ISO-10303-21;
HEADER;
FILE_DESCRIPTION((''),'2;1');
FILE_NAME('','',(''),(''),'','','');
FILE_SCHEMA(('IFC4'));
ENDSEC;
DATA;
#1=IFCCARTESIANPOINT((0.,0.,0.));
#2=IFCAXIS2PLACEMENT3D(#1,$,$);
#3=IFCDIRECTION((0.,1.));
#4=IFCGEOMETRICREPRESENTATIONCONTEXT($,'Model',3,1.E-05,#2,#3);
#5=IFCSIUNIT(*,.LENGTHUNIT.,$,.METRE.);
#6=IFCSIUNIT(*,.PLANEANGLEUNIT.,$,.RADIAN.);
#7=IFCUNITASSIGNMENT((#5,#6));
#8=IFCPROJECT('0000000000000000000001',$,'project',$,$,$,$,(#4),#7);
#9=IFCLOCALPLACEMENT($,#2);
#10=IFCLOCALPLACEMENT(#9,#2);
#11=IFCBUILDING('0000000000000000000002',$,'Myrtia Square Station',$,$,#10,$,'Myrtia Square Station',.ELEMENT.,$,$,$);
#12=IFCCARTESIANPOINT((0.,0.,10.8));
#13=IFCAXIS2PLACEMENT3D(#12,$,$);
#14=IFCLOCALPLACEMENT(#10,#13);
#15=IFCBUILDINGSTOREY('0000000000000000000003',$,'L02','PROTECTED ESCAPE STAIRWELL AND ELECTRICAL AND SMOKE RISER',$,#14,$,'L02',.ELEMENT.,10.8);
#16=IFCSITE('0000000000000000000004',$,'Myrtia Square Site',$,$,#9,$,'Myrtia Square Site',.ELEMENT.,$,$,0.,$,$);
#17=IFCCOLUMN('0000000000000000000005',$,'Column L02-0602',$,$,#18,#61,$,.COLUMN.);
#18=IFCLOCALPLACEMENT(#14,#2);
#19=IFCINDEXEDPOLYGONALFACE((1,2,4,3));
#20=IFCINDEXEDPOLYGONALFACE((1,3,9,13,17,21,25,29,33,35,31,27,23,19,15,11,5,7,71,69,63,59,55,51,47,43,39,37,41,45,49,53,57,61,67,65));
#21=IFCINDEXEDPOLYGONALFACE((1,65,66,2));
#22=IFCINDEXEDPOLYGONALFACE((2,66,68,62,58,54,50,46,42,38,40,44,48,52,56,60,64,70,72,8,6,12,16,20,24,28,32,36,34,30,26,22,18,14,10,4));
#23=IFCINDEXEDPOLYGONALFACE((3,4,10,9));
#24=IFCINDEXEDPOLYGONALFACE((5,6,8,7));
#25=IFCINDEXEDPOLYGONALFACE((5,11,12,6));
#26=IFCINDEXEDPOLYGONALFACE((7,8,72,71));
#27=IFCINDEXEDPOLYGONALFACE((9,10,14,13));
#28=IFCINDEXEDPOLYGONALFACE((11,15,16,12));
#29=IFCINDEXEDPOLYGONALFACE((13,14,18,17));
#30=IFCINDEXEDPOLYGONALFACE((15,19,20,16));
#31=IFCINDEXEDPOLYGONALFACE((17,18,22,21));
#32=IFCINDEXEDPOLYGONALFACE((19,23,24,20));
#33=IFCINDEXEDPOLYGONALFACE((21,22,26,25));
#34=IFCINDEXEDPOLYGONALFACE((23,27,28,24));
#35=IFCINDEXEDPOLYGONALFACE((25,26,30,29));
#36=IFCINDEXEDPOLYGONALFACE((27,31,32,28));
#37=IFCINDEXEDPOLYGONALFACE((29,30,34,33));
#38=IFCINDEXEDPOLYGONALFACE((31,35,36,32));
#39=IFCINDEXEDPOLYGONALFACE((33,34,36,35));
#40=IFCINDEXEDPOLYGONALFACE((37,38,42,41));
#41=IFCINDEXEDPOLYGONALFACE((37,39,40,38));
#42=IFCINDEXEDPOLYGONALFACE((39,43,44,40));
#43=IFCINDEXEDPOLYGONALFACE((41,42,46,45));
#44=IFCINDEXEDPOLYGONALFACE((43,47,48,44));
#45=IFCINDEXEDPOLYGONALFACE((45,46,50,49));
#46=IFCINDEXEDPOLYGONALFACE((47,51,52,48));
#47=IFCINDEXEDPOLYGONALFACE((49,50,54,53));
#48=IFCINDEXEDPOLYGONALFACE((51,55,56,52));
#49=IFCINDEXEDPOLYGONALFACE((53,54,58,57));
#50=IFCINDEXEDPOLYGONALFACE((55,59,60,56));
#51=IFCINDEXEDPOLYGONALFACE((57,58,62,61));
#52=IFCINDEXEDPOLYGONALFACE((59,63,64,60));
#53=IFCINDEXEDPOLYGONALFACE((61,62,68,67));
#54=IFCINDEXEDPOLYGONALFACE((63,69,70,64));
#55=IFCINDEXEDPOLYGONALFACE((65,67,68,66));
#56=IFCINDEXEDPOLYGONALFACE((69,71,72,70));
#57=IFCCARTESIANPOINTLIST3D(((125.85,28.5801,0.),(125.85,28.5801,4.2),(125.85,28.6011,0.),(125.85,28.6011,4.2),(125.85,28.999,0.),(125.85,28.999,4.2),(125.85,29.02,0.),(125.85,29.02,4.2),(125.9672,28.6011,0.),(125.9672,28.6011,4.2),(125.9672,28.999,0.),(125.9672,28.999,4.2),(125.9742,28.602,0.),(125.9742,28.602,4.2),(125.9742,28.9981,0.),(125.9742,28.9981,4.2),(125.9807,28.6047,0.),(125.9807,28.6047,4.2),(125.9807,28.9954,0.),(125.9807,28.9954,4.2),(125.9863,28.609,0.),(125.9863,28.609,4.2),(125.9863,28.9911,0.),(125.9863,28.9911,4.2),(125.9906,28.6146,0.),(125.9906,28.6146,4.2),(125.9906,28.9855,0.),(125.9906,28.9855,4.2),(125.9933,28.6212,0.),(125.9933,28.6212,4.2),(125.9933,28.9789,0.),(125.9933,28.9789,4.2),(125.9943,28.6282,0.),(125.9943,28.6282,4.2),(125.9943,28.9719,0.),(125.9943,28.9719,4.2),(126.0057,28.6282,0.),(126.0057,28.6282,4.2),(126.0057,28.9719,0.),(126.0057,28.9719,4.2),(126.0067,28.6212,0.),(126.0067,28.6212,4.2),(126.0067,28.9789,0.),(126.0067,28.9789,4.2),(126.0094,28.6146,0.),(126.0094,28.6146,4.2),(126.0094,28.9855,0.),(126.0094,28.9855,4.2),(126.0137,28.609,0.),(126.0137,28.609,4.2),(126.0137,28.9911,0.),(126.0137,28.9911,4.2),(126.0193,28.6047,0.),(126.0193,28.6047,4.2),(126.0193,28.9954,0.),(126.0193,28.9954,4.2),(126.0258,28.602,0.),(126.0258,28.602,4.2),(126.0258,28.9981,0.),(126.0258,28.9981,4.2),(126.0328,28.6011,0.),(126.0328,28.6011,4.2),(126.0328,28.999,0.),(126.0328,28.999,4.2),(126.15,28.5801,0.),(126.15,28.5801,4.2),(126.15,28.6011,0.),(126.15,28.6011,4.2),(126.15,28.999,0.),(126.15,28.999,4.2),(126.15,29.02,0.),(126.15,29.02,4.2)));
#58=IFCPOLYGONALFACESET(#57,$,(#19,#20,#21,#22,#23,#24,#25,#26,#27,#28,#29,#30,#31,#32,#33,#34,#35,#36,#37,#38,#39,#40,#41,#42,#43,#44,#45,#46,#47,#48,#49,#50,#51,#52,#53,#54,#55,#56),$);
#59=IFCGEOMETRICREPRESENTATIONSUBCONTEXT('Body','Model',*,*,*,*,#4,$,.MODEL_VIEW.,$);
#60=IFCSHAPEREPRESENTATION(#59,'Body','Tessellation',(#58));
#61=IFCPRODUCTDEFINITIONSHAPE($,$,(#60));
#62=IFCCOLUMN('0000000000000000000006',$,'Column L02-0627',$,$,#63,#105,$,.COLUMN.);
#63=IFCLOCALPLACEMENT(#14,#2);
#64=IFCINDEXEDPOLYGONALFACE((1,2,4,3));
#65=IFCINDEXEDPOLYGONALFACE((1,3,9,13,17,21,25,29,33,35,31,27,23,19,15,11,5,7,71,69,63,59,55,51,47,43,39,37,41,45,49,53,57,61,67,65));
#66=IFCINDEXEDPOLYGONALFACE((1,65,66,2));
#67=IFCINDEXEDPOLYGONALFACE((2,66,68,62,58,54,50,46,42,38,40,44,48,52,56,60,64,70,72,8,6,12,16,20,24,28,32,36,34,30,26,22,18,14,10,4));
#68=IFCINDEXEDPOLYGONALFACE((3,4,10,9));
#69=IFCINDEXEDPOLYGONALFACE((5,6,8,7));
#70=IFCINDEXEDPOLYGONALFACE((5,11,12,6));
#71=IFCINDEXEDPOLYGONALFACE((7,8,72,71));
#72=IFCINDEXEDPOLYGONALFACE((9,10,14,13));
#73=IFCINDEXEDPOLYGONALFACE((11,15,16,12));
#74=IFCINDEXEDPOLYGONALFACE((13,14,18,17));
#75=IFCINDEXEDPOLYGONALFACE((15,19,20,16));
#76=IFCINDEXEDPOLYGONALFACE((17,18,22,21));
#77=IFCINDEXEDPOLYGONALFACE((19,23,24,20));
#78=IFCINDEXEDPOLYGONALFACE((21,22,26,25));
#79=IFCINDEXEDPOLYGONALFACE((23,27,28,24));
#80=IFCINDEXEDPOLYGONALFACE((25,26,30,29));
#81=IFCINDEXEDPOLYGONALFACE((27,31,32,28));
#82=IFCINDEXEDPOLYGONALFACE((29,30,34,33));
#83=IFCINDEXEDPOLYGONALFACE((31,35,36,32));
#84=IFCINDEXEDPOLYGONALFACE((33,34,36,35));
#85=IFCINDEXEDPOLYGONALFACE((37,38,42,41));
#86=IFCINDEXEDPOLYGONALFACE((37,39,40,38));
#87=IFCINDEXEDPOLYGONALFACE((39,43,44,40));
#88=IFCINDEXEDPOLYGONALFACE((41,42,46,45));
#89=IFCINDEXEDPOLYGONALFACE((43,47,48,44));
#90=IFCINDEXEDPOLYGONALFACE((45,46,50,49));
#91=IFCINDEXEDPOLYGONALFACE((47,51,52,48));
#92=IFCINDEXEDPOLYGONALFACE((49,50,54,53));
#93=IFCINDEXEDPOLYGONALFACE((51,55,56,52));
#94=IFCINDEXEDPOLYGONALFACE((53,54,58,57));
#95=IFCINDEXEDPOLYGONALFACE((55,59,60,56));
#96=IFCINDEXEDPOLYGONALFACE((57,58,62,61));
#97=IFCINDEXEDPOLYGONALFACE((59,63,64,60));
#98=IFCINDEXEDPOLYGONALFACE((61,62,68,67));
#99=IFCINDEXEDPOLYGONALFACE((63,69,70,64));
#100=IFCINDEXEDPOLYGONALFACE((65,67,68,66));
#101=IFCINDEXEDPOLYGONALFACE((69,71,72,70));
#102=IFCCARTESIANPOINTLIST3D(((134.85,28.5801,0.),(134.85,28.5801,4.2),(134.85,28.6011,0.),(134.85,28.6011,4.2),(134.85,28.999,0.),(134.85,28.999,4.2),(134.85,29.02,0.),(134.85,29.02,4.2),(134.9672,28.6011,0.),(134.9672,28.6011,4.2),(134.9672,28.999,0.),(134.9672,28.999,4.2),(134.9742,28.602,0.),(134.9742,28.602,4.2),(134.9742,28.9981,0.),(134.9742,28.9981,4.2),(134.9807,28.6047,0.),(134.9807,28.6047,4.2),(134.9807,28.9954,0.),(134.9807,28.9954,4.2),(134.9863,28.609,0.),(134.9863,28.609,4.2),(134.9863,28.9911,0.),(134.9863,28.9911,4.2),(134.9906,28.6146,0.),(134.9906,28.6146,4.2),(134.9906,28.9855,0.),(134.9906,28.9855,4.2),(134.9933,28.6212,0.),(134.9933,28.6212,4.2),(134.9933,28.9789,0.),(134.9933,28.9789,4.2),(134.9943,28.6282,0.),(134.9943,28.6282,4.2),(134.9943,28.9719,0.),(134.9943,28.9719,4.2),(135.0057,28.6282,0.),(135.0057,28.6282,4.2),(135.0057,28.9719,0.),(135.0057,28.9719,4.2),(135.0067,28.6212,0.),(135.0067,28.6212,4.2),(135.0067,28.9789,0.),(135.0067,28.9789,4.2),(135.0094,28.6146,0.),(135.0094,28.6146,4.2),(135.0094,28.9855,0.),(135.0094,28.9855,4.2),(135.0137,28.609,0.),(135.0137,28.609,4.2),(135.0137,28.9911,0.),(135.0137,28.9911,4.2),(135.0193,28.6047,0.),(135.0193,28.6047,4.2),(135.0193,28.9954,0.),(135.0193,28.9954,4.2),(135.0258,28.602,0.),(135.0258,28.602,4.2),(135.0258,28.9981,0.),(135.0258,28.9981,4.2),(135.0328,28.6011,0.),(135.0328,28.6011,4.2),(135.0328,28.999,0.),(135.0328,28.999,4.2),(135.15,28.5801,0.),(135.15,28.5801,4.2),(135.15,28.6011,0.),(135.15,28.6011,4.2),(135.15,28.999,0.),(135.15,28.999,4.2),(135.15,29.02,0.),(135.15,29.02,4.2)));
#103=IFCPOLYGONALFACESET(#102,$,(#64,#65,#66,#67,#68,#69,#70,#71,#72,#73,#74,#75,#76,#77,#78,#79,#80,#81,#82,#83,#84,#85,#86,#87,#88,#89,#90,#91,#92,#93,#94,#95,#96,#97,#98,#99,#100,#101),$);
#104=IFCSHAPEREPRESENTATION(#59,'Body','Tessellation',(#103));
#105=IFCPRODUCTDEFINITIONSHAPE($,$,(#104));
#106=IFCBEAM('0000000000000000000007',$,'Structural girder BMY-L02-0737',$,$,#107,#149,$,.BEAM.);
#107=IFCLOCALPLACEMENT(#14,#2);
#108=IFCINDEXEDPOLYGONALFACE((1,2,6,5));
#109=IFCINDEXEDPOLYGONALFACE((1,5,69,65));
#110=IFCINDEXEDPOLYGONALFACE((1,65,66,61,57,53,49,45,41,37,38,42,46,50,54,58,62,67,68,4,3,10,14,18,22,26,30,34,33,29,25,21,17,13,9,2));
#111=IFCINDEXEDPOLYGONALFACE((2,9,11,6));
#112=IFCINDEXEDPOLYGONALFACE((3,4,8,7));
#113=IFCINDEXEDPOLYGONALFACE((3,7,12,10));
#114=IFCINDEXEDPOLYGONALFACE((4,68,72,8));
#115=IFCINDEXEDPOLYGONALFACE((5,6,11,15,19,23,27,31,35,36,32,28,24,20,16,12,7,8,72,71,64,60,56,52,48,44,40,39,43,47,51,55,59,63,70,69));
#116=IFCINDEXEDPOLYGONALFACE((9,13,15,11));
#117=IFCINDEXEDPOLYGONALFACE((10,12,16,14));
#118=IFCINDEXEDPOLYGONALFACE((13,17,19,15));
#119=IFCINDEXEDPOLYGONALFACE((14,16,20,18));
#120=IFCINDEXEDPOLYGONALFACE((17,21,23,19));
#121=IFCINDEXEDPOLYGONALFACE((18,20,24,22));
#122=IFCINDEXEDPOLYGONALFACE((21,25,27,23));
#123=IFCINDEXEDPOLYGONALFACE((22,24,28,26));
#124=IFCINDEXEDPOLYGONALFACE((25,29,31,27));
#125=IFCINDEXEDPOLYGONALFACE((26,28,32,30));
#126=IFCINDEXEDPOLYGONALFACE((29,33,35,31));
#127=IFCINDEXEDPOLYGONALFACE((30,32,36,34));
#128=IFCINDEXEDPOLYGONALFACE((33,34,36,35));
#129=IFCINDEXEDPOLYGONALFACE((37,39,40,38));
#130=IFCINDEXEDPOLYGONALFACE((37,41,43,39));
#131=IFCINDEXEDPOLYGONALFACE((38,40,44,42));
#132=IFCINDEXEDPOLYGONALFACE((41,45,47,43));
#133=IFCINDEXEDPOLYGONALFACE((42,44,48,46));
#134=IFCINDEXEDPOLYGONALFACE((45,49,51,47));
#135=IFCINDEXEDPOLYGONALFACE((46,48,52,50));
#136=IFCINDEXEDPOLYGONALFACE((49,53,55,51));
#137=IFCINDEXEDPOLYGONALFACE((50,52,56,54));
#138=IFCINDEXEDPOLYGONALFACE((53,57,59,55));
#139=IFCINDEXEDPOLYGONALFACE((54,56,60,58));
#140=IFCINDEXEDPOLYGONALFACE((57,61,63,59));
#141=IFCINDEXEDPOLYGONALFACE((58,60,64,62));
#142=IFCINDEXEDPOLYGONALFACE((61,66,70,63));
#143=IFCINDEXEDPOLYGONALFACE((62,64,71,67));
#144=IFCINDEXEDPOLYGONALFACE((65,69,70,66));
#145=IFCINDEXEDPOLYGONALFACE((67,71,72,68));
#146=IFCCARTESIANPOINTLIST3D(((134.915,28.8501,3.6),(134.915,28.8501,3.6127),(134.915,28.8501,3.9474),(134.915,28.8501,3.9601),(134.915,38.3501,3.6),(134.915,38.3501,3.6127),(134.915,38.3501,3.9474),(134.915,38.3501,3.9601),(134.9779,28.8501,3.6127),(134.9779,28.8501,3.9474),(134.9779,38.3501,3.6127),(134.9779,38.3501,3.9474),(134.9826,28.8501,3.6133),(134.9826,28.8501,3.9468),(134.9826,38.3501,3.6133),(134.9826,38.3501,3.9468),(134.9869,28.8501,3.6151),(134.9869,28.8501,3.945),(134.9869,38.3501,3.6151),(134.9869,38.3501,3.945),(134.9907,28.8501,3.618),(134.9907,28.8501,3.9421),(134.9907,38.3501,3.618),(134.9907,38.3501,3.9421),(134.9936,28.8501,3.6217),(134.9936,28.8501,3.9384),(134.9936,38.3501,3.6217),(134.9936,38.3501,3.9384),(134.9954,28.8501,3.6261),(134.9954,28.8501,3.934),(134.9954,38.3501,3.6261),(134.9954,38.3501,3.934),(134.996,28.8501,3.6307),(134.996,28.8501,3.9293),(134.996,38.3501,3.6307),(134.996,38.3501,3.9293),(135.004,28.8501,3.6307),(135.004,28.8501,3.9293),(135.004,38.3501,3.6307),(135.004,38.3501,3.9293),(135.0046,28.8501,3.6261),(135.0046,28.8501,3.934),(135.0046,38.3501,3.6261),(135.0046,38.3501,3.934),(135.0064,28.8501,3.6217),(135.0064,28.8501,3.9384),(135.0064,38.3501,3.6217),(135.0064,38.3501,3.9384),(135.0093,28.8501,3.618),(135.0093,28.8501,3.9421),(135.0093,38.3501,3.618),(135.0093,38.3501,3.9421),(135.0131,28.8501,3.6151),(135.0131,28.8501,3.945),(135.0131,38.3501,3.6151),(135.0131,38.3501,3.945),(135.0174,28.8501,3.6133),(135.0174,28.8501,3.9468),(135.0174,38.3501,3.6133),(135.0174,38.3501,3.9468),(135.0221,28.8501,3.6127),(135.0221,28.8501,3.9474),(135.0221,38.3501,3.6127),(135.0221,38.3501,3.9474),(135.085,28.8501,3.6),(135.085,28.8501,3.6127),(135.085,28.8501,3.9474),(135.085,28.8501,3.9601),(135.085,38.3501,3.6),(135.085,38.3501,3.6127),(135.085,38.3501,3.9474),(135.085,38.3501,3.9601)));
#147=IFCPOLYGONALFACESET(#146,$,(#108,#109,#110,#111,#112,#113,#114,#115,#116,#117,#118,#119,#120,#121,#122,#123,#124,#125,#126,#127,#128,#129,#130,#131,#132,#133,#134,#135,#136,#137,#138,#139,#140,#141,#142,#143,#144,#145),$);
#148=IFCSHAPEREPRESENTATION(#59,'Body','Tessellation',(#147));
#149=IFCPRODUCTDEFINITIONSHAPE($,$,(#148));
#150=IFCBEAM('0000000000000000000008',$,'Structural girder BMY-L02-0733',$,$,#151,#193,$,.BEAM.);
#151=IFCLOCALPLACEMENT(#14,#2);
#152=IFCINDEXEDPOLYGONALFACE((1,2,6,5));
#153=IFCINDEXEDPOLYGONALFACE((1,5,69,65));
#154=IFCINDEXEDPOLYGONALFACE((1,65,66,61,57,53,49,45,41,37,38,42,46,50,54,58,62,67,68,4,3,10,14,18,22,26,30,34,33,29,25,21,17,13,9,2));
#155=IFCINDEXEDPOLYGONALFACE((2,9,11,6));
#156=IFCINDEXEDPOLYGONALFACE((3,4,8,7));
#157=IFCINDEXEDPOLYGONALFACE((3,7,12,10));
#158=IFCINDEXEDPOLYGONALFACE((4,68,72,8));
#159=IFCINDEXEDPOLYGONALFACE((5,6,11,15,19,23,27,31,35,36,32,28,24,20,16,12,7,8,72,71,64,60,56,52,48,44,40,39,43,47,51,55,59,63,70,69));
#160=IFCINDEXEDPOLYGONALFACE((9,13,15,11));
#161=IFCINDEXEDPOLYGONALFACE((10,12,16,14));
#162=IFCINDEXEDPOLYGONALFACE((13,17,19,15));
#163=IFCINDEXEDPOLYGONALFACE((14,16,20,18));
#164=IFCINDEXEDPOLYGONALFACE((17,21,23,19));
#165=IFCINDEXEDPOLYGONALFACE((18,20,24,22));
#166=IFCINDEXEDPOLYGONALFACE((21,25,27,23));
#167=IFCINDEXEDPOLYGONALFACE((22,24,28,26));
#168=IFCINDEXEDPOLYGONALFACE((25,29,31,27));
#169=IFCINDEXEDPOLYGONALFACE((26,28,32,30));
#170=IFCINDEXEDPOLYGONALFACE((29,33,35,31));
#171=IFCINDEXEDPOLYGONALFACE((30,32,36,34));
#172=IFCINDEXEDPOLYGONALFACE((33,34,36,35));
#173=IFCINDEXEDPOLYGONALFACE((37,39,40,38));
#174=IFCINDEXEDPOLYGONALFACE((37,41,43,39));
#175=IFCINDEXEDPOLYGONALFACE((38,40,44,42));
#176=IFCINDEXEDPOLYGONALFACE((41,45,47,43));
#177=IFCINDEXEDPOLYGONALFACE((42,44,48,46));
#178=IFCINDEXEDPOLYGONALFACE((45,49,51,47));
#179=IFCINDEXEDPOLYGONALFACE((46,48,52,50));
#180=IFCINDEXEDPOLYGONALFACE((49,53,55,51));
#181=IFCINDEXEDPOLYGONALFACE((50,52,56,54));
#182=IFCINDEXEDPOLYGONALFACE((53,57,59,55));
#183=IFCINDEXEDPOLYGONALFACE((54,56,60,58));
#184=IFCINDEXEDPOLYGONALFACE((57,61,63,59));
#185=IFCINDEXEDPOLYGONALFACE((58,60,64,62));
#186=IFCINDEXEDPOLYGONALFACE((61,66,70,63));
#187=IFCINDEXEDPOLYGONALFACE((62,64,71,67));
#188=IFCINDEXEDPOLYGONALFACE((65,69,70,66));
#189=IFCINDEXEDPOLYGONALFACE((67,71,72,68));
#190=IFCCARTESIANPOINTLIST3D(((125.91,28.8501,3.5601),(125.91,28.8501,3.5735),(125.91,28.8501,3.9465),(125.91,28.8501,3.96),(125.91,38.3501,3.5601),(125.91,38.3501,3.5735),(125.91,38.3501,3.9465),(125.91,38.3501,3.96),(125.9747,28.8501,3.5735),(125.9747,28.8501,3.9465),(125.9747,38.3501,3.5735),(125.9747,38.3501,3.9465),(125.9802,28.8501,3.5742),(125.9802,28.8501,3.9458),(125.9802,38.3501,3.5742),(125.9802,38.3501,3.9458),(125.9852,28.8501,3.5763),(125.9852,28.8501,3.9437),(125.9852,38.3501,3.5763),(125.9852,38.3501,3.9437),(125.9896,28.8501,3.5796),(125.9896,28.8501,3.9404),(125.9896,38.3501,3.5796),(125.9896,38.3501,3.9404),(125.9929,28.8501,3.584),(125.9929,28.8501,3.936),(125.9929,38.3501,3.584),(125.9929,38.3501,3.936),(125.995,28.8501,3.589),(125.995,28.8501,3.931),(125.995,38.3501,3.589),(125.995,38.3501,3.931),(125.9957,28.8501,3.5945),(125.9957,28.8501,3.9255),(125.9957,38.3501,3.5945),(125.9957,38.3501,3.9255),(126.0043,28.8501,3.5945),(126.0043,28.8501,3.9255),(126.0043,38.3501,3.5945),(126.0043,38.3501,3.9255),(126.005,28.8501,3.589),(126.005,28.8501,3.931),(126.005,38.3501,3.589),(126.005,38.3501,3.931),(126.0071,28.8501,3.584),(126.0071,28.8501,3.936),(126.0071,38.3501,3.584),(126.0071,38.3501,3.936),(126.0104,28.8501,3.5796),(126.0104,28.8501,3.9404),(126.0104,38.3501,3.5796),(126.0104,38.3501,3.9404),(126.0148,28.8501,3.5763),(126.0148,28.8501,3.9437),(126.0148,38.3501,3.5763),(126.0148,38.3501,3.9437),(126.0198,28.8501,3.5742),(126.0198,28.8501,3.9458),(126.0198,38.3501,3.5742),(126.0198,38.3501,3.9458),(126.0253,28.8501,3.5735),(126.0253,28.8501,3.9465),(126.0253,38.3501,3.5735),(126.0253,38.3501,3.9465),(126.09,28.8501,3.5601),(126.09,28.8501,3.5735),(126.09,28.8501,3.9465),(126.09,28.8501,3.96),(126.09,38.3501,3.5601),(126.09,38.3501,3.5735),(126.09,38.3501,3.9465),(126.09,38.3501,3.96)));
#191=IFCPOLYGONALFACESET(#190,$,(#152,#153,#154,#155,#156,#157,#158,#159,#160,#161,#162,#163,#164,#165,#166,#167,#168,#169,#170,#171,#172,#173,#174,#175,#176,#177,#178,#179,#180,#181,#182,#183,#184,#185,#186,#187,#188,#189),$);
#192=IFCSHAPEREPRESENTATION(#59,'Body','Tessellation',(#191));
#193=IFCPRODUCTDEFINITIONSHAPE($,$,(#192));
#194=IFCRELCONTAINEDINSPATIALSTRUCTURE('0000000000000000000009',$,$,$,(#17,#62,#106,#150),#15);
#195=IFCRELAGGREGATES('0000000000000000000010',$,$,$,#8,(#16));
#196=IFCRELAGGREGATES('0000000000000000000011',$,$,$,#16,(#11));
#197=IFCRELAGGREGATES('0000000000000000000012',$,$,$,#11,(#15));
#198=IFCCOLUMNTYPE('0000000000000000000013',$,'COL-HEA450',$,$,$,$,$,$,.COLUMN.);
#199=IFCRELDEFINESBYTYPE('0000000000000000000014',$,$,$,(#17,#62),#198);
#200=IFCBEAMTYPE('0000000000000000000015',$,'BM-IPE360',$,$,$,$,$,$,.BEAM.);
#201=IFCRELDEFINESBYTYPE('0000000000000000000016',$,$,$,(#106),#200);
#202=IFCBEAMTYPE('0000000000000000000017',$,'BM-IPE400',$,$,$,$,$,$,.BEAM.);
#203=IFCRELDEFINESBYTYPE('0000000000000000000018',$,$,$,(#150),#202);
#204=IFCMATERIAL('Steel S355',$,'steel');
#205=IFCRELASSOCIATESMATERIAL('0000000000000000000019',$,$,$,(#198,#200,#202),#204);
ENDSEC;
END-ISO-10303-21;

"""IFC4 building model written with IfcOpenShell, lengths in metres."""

from ifc_helpers import new_model, si_unit, direction, frame, origin, origin_2d, place, context, subcontext, project, spatial, i_section, extrude, material, material_profile, profile_set, type_object, element, save


model = new_model("IFC4")

# Units and contexts
model_context = context("Model", 3, precision=1e-05, world=origin(), true_north=direction((0.0, 1.0)))
body_context = subcontext(model_context, "Body", "Model", "MODEL_VIEW")
ifc_project = project(units=[si_unit("LENGTHUNIT", "METRE"), si_unit("PLANEANGLEUNIT", "RADIAN")], contexts=[model_context])

# Site, building, storey
site_placement = place(None, origin())
site = spatial("IfcSite", under=ifc_project, at=site_placement, Name="Myrtia Square Site", LongName="Myrtia Square Site", CompositionType="ELEMENT", RefElevation=0.0)
building_placement = place(site_placement, origin())
building = spatial("IfcBuilding", under=site, at=building_placement, Name="Myrtia Square Station", LongName="Myrtia Square Station", CompositionType="ELEMENT")
storey_placement = place(building_placement, frame((0.0, 0.0, 10.8)))
storey = spatial("IfcBuildingStorey", under=building, at=storey_placement, Name="L02", Description="PROTECTED ESCAPE STAIRWELL AND ELECTRICAL AND SMOKE RISER", LongName="L02", CompositionType="ELEMENT", Elevation=10.8)

# Columns
ifc_material_1 = material(Name="Steel S355", Category="steel")
ifc_material_profile_1 = material_profile(ifc_material_1, i_section(OverallWidth=0.3, OverallDepth=0.4399, WebThickness=0.0115, FlangeThickness=0.021, FilletRadius=0.0271, at=origin_2d()), Name="HEA 450")
ifc_profile_set_1 = profile_set([ifc_material_profile_1], Name="Steel S355")
column_type = type_object("IfcColumnType", Name="COL-HEA450", PredefinedType="COLUMN", material=ifc_profile_set_1)
for number, where, z_axis, x_axis, name in (
    (1, (126.0, 28.8, 0.0), (0.0, 0.0, 1.0), (1.0, 0.0, 0.0), "Column L02-0602"),
    (2, (135.0, 28.8, 0.0), (0.0, 0.0, 1.0), (1.0, 0.0, 0.0), "Column L02-0627"),
):
    element("IfcColumn", number, at=place(storey_placement, frame(where, z_axis=z_axis, x_axis=x_axis)), inside=storey, type_object=column_type, Name=name, PredefinedType="COLUMN", context=body_context, shape_type="SweptSolid", body=[
        extrude(i_section(OverallWidth=0.3, OverallDepth=0.4399, WebThickness=0.0115, FlangeThickness=0.021, FilletRadius=0.0271, at=origin_2d()), origin(), (0.0, 0.0, 1.0), 4.2),
    ])

# Beams
ifc_material_profile_2 = material_profile(ifc_material_1, i_section(OverallWidth=0.1699, OverallDepth=0.3601, WebThickness=0.0081, FlangeThickness=0.0127, FilletRadius=0.0181, at=origin_2d()), Name="IPE 360")
ifc_profile_set_2 = profile_set([ifc_material_profile_2], Name="Steel S355")
beam_type_1 = type_object("IfcBeamType", Name="BM-IPE360", PredefinedType="BEAM", material=ifc_profile_set_2)
beam_1_placement = place(storey_placement, frame((135.0, 28.8501, 3.78), z_axis=(0.0, 1.0, 0.0), x_axis=(-1.0, 0.0, 0.0)))
element("IfcBeam", 3, at=beam_1_placement, inside=storey, type_object=beam_type_1, Name="Structural girder BMY-L02-0737", PredefinedType="BEAM", context=body_context, shape_type="SweptSolid", body=[
    extrude(i_section(OverallWidth=0.1699, OverallDepth=0.3601, WebThickness=0.0081, FlangeThickness=0.0127, FilletRadius=0.0181, at=origin_2d()), origin(), (0.0, 0.0, 1.0), 9.5),
])
ifc_material_profile_3 = material_profile(ifc_material_1, i_section(OverallWidth=0.1799, OverallDepth=0.3999, WebThickness=0.0085, FlangeThickness=0.0134, FilletRadius=0.021, at=origin_2d()), Name="IPE 400")
ifc_profile_set_3 = profile_set([ifc_material_profile_3], Name="Steel S355")
beam_type_2 = type_object("IfcBeamType", Name="BM-IPE400", PredefinedType="BEAM", material=ifc_profile_set_3)
beam_2_placement = place(storey_placement, frame((126.0, 28.8501, 3.76), z_axis=(0.0, 1.0, 0.0), x_axis=(-1.0, 0.0, 0.0)))
element("IfcBeam", 4, at=beam_2_placement, inside=storey, type_object=beam_type_2, Name="Structural girder BMY-L02-0733", PredefinedType="BEAM", context=body_context, shape_type="SweptSolid", body=[
    extrude(i_section(OverallWidth=0.1799, OverallDepth=0.3999, WebThickness=0.0085, FlangeThickness=0.0134, FilletRadius=0.021, at=origin_2d()), origin(), (0.0, 0.0, 1.0), 9.5),
])

save(model, "model.ifc")
